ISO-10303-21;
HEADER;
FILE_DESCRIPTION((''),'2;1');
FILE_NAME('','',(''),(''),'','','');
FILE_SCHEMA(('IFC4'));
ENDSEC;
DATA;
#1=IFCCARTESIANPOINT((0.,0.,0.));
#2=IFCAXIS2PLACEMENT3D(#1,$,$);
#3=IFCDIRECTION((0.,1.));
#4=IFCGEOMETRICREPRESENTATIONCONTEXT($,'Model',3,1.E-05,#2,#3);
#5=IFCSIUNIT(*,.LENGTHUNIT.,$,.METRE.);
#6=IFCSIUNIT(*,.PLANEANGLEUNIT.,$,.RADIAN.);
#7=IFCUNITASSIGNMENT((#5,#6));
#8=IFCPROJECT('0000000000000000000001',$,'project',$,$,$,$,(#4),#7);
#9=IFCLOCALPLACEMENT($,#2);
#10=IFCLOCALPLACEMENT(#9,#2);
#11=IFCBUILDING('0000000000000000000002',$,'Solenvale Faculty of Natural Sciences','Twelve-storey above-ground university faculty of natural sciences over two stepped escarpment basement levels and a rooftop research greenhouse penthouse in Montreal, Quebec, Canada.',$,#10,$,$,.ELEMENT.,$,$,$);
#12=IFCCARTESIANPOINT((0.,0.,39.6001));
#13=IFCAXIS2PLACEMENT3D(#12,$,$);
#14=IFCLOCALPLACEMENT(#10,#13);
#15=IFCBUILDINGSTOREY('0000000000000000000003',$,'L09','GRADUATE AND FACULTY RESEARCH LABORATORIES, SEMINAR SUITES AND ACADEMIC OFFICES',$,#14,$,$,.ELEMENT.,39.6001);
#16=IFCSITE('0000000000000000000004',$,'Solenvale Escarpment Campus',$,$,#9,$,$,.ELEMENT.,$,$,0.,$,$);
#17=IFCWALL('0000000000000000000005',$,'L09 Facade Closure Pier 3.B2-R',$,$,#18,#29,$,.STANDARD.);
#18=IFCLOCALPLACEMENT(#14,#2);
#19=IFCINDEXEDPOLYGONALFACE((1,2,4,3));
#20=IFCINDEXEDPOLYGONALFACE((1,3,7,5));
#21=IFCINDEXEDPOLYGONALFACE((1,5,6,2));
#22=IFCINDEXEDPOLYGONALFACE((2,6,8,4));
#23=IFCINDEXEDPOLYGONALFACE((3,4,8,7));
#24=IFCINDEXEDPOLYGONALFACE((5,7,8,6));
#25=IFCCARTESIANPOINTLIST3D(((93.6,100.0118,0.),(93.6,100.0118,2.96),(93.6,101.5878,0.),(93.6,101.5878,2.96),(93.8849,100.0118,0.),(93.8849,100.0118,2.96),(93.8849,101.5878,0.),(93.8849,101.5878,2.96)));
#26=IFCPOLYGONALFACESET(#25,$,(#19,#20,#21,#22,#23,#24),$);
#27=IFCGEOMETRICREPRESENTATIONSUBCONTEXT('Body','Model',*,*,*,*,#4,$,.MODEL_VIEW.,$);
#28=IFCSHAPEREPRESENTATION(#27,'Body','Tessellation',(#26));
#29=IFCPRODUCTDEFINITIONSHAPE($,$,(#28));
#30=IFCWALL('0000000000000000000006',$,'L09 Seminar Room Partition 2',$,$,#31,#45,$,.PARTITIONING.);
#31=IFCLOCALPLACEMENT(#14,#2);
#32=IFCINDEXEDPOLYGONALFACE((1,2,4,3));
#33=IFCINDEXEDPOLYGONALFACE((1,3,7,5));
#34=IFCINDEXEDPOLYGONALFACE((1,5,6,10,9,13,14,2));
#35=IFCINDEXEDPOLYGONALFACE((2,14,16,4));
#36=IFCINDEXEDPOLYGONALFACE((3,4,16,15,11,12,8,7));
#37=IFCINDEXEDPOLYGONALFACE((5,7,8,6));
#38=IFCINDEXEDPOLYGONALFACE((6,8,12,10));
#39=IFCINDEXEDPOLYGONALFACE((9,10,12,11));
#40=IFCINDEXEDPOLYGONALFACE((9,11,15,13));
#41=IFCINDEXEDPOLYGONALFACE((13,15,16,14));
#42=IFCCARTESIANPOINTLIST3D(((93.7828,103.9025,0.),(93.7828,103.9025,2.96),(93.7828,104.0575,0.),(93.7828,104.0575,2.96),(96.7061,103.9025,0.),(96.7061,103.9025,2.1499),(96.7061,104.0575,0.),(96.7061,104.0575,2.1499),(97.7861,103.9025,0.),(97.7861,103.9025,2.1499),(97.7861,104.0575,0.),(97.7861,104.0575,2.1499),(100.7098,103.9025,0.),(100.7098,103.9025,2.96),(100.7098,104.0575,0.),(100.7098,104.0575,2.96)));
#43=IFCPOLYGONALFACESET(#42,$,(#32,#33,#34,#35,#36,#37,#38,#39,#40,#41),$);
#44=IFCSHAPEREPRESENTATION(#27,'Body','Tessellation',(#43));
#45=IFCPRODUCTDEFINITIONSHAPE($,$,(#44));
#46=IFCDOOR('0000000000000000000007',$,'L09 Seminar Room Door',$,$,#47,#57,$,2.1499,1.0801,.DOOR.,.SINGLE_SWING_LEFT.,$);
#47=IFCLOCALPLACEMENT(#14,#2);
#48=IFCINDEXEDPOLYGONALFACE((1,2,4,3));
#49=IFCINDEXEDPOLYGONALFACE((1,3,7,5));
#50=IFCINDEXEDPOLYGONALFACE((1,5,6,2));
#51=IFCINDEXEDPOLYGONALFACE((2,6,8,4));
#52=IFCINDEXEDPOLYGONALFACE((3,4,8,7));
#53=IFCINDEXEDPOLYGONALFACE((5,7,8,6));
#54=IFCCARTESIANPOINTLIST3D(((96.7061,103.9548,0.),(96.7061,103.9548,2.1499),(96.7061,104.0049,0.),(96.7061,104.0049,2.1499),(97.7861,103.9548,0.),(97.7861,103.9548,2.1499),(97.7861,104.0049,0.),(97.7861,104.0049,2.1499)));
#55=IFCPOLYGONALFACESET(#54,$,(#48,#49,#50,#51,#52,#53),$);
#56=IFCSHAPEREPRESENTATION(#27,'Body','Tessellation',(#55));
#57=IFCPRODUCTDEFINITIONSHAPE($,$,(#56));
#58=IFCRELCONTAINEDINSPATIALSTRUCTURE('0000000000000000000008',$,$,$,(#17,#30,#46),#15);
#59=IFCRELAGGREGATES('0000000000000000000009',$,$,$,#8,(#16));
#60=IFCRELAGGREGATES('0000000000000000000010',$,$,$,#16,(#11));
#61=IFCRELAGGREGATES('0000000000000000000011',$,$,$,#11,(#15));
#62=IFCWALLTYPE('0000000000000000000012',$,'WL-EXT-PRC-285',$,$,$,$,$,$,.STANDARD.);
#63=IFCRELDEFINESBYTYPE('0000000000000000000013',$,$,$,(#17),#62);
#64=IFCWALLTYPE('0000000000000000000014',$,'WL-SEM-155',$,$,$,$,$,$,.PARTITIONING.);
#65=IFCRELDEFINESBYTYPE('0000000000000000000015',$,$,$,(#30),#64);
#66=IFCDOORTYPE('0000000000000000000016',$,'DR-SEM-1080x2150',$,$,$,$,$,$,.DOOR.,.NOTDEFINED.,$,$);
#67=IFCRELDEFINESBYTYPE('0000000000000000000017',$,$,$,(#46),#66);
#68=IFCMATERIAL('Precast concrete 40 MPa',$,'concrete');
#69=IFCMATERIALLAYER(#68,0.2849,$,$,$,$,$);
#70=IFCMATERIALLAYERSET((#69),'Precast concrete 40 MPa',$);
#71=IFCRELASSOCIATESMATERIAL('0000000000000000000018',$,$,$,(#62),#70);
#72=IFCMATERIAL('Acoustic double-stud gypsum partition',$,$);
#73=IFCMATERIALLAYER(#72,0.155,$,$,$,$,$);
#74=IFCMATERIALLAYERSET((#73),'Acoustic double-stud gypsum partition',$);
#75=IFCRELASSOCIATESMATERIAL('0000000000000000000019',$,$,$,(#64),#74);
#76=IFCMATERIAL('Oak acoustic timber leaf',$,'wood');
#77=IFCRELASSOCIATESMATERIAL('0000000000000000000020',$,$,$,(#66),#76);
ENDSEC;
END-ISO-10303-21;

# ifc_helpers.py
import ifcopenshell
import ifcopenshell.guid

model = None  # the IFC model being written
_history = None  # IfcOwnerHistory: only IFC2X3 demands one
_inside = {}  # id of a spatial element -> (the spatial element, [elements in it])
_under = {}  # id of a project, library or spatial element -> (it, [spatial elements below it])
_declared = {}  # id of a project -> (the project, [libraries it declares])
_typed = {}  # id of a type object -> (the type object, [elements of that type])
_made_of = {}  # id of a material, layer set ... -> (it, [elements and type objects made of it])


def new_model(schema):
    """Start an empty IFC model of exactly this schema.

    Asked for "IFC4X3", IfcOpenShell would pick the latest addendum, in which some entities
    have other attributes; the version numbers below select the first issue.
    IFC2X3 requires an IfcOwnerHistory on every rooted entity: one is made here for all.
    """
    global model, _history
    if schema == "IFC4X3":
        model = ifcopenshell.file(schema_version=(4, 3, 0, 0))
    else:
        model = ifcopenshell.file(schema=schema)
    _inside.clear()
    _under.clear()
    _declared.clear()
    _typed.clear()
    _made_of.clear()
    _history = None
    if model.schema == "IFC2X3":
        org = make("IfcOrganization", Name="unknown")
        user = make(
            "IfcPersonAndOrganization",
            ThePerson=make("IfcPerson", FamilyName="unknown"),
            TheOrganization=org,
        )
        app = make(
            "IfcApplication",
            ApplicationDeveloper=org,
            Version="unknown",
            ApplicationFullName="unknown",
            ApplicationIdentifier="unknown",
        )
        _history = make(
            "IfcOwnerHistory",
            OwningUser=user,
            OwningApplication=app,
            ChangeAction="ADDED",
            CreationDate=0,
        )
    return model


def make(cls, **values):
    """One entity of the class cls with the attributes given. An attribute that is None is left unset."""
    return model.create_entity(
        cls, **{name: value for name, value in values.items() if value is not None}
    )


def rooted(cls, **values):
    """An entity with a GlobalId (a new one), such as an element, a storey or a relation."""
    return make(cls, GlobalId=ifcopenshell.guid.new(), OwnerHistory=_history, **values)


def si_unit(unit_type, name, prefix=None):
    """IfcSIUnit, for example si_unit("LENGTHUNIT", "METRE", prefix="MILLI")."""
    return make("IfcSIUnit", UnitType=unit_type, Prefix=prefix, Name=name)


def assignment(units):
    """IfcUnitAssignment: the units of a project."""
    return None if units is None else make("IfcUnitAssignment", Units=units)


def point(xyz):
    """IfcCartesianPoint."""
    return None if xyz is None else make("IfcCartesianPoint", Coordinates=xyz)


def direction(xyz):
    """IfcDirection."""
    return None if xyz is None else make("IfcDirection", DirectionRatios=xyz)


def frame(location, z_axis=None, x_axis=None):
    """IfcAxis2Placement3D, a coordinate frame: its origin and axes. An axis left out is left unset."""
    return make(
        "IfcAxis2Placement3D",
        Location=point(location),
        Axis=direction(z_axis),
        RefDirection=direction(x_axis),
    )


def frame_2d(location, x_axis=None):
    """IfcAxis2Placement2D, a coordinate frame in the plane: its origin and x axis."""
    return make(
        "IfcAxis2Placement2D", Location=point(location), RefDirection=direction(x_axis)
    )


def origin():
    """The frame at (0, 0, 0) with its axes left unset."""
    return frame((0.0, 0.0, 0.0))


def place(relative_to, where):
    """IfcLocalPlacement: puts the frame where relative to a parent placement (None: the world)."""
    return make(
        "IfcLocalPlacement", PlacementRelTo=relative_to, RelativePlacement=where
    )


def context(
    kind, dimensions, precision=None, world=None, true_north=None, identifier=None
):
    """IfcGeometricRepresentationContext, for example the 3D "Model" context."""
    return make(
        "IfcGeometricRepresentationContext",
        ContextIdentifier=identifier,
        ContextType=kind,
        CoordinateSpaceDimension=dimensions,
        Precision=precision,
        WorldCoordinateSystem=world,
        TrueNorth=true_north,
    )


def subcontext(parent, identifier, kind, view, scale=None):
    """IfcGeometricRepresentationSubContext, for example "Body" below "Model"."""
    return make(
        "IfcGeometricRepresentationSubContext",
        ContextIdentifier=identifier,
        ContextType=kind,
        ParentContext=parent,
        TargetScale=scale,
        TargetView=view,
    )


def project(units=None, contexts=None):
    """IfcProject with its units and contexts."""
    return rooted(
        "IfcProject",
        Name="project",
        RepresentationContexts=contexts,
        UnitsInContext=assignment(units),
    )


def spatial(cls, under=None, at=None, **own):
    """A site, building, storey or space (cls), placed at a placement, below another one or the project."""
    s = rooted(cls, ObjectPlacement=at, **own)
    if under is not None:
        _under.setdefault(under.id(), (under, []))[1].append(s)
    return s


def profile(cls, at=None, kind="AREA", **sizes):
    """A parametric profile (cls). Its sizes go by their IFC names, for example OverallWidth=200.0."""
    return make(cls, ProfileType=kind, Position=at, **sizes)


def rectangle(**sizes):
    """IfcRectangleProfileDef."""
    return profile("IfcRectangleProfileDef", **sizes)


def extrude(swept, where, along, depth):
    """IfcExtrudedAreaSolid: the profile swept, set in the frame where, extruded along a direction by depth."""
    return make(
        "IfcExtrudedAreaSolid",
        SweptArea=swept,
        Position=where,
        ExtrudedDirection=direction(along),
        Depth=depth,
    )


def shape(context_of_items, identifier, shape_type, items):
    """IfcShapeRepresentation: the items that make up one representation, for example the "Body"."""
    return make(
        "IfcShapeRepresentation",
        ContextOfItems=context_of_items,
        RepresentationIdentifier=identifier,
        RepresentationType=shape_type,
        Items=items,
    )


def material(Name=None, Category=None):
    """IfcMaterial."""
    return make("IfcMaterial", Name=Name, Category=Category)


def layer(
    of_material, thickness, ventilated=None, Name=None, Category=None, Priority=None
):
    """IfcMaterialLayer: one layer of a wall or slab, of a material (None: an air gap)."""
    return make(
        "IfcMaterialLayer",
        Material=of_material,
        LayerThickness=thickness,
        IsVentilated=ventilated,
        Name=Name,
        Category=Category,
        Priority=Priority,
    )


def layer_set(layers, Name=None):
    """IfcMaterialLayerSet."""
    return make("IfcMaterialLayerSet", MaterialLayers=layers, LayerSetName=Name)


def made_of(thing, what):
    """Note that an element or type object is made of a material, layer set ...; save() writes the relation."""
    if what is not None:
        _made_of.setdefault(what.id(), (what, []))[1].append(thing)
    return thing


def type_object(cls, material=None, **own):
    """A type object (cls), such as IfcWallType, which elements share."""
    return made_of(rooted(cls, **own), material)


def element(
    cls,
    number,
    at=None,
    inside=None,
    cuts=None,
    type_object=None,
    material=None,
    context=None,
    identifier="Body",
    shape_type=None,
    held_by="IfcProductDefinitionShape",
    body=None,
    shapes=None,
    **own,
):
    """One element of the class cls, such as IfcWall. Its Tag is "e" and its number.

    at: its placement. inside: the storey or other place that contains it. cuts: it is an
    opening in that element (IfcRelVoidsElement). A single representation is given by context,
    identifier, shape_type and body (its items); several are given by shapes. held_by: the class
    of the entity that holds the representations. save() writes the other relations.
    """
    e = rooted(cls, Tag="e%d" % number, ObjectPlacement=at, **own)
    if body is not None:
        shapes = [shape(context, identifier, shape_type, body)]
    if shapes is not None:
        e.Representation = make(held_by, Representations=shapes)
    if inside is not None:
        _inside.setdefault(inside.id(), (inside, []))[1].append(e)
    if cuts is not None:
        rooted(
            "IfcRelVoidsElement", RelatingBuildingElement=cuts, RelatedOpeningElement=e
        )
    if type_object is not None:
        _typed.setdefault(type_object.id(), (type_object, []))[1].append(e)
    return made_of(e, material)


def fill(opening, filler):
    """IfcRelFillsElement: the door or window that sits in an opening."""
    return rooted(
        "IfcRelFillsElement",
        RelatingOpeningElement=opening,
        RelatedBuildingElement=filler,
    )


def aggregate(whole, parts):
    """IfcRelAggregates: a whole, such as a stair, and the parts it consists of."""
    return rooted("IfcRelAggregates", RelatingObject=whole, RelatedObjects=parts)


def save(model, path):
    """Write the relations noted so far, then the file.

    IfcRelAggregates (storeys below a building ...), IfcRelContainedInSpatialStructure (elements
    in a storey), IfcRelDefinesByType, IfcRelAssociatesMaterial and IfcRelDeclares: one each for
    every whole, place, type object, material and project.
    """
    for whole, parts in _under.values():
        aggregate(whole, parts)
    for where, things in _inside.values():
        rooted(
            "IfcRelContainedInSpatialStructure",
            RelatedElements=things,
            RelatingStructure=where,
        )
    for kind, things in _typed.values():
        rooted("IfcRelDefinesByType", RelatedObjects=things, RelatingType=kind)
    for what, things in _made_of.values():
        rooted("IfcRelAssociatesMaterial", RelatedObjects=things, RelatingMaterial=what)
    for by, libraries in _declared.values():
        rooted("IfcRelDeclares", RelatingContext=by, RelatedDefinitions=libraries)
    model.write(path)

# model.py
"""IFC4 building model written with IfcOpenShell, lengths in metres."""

from ifc_helpers import new_model, si_unit, direction, frame, frame_2d, origin, place, context, subcontext, project, spatial, rectangle, extrude, material, layer, layer_set, type_object, element, fill, save


model = new_model("IFC4")

# Units and contexts
model_context = context("Model", 3, precision=1e-05, world=origin(), true_north=direction((0.0, 1.0)))
body_context = subcontext(model_context, "Body", "Model", "MODEL_VIEW")
ifc_project = project(units=[si_unit("LENGTHUNIT", "METRE"), si_unit("PLANEANGLEUNIT", "RADIAN")], contexts=[model_context])

# Site, building, storey
site_placement = place(None, origin())
site = spatial("IfcSite", under=ifc_project, at=site_placement, Name="Solenvale Escarpment Campus", CompositionType="ELEMENT", RefElevation=0.0)
building_placement = place(site_placement, origin())
building = spatial("IfcBuilding", under=site, at=building_placement, Name="Solenvale Faculty of Natural Sciences", Description="Twelve-storey above-ground university faculty of natural sciences over two stepped escarpment basement levels and a rooftop research greenhouse penthouse in Montreal, Quebec, Canada.", CompositionType="ELEMENT")
storey_placement = place(building_placement, frame((0.0, 0.0, 39.6001)))
storey = spatial("IfcBuildingStorey", under=building, at=storey_placement, Name="L09", Description="GRADUATE AND FACULTY RESEARCH LABORATORIES, SEMINAR SUITES AND ACADEMIC OFFICES", CompositionType="ELEMENT", Elevation=39.6001)

# Wall
ifc_material_1 = material(Name="Precast concrete 40 MPa", Category="concrete")
ifc_layer_1 = layer(ifc_material_1, 0.2849)
ifc_layer_set_1 = layer_set([ifc_layer_1], Name="Precast concrete 40 MPa")
wall_type_1 = type_object("IfcWallType", Name="WL-EXT-PRC-285", PredefinedType="STANDARD", material=ifc_layer_set_1)
wall_1_placement = place(storey_placement, frame((93.7424, 101.5879, 0.0), z_axis=(0.0, 0.0, 1.0), x_axis=(0.0, -1.0, 0.0)))
element("IfcWall", 1, at=wall_1_placement, inside=storey, type_object=wall_type_1, Name="L09 Facade Closure Pier 3.B2-R", PredefinedType="STANDARD", context=body_context, shape_type="SweptSolid", body=[
    extrude(rectangle(XDim=1.5759, YDim=0.2849, at=frame_2d((0.7881, 0.0))), origin(), (0.0, 0.0, 1.0), 2.96),
])

# Wall, opening, door
ifc_material_2 = material(Name="Acoustic double-stud gypsum partition")
ifc_layer_2 = layer(ifc_material_2, 0.155)
ifc_layer_set_2 = layer_set([ifc_layer_2], Name="Acoustic double-stud gypsum partition")
wall_type_2 = type_object("IfcWallType", Name="WL-SEM-155", PredefinedType="PARTITIONING", material=ifc_layer_set_2)
wall_2_placement = place(storey_placement, frame((93.783, 103.98, 0.0), z_axis=(0.0, 0.0, 1.0), x_axis=(1.0, 0.0, 0.0)))
wall_2 = element("IfcWall", 2, at=wall_2_placement, inside=storey, type_object=wall_type_2, Name="L09 Seminar Room Partition 2", PredefinedType="PARTITIONING", context=body_context, shape_type="SweptSolid", body=[
    extrude(rectangle(XDim=6.927, YDim=0.155, at=frame_2d((3.4634, 0.0))), origin(), (0.0, 0.0, 1.0), 2.96),
])
opening_placement = place(wall_2_placement, frame((2.9231, 0.0, 0.0)))
opening = element("IfcOpeningElement", 3, at=opening_placement, cuts=wall_2, PredefinedType="OPENING", context=body_context, shape_type="SweptSolid", body=[
    extrude(rectangle(XDim=1.0801, YDim=2.1499, at=frame_2d((0.54, 1.075))), frame((0.0, 0.0874, 0.0), z_axis=(0.0, -1.0, 0.0), x_axis=(1.0, 0.0, 0.0)), (0.0, 0.0, 1.0), 0.175),
])
ifc_material_3 = material(Name="Oak acoustic timber leaf", Category="wood")
door_type = type_object("IfcDoorType", Name="DR-SEM-1080x2150", OperationType="NOTDEFINED", PredefinedType="DOOR", material=ifc_material_3)
door_placement = place(opening_placement, origin())
door = element("IfcDoor", 4, at=door_placement, inside=storey, type_object=door_type, Name="L09 Seminar Room Door", OperationType="SINGLE_SWING_LEFT", OverallHeight=2.1499, OverallWidth=1.0801, PredefinedType="DOOR", context=body_context, shape_type="SweptSolid", body=[
    extrude(rectangle(XDim=1.0801, YDim=2.1499, at=frame_2d((0.54, 1.075))), frame((0.0, 0.0249, 0.0), z_axis=(0.0, -1.0, 0.0), x_axis=(1.0, 0.0, 0.0)), (0.0, 0.0, 1.0), 0.05),
])
fill(opening, door)

save(model, "model.ifc")
